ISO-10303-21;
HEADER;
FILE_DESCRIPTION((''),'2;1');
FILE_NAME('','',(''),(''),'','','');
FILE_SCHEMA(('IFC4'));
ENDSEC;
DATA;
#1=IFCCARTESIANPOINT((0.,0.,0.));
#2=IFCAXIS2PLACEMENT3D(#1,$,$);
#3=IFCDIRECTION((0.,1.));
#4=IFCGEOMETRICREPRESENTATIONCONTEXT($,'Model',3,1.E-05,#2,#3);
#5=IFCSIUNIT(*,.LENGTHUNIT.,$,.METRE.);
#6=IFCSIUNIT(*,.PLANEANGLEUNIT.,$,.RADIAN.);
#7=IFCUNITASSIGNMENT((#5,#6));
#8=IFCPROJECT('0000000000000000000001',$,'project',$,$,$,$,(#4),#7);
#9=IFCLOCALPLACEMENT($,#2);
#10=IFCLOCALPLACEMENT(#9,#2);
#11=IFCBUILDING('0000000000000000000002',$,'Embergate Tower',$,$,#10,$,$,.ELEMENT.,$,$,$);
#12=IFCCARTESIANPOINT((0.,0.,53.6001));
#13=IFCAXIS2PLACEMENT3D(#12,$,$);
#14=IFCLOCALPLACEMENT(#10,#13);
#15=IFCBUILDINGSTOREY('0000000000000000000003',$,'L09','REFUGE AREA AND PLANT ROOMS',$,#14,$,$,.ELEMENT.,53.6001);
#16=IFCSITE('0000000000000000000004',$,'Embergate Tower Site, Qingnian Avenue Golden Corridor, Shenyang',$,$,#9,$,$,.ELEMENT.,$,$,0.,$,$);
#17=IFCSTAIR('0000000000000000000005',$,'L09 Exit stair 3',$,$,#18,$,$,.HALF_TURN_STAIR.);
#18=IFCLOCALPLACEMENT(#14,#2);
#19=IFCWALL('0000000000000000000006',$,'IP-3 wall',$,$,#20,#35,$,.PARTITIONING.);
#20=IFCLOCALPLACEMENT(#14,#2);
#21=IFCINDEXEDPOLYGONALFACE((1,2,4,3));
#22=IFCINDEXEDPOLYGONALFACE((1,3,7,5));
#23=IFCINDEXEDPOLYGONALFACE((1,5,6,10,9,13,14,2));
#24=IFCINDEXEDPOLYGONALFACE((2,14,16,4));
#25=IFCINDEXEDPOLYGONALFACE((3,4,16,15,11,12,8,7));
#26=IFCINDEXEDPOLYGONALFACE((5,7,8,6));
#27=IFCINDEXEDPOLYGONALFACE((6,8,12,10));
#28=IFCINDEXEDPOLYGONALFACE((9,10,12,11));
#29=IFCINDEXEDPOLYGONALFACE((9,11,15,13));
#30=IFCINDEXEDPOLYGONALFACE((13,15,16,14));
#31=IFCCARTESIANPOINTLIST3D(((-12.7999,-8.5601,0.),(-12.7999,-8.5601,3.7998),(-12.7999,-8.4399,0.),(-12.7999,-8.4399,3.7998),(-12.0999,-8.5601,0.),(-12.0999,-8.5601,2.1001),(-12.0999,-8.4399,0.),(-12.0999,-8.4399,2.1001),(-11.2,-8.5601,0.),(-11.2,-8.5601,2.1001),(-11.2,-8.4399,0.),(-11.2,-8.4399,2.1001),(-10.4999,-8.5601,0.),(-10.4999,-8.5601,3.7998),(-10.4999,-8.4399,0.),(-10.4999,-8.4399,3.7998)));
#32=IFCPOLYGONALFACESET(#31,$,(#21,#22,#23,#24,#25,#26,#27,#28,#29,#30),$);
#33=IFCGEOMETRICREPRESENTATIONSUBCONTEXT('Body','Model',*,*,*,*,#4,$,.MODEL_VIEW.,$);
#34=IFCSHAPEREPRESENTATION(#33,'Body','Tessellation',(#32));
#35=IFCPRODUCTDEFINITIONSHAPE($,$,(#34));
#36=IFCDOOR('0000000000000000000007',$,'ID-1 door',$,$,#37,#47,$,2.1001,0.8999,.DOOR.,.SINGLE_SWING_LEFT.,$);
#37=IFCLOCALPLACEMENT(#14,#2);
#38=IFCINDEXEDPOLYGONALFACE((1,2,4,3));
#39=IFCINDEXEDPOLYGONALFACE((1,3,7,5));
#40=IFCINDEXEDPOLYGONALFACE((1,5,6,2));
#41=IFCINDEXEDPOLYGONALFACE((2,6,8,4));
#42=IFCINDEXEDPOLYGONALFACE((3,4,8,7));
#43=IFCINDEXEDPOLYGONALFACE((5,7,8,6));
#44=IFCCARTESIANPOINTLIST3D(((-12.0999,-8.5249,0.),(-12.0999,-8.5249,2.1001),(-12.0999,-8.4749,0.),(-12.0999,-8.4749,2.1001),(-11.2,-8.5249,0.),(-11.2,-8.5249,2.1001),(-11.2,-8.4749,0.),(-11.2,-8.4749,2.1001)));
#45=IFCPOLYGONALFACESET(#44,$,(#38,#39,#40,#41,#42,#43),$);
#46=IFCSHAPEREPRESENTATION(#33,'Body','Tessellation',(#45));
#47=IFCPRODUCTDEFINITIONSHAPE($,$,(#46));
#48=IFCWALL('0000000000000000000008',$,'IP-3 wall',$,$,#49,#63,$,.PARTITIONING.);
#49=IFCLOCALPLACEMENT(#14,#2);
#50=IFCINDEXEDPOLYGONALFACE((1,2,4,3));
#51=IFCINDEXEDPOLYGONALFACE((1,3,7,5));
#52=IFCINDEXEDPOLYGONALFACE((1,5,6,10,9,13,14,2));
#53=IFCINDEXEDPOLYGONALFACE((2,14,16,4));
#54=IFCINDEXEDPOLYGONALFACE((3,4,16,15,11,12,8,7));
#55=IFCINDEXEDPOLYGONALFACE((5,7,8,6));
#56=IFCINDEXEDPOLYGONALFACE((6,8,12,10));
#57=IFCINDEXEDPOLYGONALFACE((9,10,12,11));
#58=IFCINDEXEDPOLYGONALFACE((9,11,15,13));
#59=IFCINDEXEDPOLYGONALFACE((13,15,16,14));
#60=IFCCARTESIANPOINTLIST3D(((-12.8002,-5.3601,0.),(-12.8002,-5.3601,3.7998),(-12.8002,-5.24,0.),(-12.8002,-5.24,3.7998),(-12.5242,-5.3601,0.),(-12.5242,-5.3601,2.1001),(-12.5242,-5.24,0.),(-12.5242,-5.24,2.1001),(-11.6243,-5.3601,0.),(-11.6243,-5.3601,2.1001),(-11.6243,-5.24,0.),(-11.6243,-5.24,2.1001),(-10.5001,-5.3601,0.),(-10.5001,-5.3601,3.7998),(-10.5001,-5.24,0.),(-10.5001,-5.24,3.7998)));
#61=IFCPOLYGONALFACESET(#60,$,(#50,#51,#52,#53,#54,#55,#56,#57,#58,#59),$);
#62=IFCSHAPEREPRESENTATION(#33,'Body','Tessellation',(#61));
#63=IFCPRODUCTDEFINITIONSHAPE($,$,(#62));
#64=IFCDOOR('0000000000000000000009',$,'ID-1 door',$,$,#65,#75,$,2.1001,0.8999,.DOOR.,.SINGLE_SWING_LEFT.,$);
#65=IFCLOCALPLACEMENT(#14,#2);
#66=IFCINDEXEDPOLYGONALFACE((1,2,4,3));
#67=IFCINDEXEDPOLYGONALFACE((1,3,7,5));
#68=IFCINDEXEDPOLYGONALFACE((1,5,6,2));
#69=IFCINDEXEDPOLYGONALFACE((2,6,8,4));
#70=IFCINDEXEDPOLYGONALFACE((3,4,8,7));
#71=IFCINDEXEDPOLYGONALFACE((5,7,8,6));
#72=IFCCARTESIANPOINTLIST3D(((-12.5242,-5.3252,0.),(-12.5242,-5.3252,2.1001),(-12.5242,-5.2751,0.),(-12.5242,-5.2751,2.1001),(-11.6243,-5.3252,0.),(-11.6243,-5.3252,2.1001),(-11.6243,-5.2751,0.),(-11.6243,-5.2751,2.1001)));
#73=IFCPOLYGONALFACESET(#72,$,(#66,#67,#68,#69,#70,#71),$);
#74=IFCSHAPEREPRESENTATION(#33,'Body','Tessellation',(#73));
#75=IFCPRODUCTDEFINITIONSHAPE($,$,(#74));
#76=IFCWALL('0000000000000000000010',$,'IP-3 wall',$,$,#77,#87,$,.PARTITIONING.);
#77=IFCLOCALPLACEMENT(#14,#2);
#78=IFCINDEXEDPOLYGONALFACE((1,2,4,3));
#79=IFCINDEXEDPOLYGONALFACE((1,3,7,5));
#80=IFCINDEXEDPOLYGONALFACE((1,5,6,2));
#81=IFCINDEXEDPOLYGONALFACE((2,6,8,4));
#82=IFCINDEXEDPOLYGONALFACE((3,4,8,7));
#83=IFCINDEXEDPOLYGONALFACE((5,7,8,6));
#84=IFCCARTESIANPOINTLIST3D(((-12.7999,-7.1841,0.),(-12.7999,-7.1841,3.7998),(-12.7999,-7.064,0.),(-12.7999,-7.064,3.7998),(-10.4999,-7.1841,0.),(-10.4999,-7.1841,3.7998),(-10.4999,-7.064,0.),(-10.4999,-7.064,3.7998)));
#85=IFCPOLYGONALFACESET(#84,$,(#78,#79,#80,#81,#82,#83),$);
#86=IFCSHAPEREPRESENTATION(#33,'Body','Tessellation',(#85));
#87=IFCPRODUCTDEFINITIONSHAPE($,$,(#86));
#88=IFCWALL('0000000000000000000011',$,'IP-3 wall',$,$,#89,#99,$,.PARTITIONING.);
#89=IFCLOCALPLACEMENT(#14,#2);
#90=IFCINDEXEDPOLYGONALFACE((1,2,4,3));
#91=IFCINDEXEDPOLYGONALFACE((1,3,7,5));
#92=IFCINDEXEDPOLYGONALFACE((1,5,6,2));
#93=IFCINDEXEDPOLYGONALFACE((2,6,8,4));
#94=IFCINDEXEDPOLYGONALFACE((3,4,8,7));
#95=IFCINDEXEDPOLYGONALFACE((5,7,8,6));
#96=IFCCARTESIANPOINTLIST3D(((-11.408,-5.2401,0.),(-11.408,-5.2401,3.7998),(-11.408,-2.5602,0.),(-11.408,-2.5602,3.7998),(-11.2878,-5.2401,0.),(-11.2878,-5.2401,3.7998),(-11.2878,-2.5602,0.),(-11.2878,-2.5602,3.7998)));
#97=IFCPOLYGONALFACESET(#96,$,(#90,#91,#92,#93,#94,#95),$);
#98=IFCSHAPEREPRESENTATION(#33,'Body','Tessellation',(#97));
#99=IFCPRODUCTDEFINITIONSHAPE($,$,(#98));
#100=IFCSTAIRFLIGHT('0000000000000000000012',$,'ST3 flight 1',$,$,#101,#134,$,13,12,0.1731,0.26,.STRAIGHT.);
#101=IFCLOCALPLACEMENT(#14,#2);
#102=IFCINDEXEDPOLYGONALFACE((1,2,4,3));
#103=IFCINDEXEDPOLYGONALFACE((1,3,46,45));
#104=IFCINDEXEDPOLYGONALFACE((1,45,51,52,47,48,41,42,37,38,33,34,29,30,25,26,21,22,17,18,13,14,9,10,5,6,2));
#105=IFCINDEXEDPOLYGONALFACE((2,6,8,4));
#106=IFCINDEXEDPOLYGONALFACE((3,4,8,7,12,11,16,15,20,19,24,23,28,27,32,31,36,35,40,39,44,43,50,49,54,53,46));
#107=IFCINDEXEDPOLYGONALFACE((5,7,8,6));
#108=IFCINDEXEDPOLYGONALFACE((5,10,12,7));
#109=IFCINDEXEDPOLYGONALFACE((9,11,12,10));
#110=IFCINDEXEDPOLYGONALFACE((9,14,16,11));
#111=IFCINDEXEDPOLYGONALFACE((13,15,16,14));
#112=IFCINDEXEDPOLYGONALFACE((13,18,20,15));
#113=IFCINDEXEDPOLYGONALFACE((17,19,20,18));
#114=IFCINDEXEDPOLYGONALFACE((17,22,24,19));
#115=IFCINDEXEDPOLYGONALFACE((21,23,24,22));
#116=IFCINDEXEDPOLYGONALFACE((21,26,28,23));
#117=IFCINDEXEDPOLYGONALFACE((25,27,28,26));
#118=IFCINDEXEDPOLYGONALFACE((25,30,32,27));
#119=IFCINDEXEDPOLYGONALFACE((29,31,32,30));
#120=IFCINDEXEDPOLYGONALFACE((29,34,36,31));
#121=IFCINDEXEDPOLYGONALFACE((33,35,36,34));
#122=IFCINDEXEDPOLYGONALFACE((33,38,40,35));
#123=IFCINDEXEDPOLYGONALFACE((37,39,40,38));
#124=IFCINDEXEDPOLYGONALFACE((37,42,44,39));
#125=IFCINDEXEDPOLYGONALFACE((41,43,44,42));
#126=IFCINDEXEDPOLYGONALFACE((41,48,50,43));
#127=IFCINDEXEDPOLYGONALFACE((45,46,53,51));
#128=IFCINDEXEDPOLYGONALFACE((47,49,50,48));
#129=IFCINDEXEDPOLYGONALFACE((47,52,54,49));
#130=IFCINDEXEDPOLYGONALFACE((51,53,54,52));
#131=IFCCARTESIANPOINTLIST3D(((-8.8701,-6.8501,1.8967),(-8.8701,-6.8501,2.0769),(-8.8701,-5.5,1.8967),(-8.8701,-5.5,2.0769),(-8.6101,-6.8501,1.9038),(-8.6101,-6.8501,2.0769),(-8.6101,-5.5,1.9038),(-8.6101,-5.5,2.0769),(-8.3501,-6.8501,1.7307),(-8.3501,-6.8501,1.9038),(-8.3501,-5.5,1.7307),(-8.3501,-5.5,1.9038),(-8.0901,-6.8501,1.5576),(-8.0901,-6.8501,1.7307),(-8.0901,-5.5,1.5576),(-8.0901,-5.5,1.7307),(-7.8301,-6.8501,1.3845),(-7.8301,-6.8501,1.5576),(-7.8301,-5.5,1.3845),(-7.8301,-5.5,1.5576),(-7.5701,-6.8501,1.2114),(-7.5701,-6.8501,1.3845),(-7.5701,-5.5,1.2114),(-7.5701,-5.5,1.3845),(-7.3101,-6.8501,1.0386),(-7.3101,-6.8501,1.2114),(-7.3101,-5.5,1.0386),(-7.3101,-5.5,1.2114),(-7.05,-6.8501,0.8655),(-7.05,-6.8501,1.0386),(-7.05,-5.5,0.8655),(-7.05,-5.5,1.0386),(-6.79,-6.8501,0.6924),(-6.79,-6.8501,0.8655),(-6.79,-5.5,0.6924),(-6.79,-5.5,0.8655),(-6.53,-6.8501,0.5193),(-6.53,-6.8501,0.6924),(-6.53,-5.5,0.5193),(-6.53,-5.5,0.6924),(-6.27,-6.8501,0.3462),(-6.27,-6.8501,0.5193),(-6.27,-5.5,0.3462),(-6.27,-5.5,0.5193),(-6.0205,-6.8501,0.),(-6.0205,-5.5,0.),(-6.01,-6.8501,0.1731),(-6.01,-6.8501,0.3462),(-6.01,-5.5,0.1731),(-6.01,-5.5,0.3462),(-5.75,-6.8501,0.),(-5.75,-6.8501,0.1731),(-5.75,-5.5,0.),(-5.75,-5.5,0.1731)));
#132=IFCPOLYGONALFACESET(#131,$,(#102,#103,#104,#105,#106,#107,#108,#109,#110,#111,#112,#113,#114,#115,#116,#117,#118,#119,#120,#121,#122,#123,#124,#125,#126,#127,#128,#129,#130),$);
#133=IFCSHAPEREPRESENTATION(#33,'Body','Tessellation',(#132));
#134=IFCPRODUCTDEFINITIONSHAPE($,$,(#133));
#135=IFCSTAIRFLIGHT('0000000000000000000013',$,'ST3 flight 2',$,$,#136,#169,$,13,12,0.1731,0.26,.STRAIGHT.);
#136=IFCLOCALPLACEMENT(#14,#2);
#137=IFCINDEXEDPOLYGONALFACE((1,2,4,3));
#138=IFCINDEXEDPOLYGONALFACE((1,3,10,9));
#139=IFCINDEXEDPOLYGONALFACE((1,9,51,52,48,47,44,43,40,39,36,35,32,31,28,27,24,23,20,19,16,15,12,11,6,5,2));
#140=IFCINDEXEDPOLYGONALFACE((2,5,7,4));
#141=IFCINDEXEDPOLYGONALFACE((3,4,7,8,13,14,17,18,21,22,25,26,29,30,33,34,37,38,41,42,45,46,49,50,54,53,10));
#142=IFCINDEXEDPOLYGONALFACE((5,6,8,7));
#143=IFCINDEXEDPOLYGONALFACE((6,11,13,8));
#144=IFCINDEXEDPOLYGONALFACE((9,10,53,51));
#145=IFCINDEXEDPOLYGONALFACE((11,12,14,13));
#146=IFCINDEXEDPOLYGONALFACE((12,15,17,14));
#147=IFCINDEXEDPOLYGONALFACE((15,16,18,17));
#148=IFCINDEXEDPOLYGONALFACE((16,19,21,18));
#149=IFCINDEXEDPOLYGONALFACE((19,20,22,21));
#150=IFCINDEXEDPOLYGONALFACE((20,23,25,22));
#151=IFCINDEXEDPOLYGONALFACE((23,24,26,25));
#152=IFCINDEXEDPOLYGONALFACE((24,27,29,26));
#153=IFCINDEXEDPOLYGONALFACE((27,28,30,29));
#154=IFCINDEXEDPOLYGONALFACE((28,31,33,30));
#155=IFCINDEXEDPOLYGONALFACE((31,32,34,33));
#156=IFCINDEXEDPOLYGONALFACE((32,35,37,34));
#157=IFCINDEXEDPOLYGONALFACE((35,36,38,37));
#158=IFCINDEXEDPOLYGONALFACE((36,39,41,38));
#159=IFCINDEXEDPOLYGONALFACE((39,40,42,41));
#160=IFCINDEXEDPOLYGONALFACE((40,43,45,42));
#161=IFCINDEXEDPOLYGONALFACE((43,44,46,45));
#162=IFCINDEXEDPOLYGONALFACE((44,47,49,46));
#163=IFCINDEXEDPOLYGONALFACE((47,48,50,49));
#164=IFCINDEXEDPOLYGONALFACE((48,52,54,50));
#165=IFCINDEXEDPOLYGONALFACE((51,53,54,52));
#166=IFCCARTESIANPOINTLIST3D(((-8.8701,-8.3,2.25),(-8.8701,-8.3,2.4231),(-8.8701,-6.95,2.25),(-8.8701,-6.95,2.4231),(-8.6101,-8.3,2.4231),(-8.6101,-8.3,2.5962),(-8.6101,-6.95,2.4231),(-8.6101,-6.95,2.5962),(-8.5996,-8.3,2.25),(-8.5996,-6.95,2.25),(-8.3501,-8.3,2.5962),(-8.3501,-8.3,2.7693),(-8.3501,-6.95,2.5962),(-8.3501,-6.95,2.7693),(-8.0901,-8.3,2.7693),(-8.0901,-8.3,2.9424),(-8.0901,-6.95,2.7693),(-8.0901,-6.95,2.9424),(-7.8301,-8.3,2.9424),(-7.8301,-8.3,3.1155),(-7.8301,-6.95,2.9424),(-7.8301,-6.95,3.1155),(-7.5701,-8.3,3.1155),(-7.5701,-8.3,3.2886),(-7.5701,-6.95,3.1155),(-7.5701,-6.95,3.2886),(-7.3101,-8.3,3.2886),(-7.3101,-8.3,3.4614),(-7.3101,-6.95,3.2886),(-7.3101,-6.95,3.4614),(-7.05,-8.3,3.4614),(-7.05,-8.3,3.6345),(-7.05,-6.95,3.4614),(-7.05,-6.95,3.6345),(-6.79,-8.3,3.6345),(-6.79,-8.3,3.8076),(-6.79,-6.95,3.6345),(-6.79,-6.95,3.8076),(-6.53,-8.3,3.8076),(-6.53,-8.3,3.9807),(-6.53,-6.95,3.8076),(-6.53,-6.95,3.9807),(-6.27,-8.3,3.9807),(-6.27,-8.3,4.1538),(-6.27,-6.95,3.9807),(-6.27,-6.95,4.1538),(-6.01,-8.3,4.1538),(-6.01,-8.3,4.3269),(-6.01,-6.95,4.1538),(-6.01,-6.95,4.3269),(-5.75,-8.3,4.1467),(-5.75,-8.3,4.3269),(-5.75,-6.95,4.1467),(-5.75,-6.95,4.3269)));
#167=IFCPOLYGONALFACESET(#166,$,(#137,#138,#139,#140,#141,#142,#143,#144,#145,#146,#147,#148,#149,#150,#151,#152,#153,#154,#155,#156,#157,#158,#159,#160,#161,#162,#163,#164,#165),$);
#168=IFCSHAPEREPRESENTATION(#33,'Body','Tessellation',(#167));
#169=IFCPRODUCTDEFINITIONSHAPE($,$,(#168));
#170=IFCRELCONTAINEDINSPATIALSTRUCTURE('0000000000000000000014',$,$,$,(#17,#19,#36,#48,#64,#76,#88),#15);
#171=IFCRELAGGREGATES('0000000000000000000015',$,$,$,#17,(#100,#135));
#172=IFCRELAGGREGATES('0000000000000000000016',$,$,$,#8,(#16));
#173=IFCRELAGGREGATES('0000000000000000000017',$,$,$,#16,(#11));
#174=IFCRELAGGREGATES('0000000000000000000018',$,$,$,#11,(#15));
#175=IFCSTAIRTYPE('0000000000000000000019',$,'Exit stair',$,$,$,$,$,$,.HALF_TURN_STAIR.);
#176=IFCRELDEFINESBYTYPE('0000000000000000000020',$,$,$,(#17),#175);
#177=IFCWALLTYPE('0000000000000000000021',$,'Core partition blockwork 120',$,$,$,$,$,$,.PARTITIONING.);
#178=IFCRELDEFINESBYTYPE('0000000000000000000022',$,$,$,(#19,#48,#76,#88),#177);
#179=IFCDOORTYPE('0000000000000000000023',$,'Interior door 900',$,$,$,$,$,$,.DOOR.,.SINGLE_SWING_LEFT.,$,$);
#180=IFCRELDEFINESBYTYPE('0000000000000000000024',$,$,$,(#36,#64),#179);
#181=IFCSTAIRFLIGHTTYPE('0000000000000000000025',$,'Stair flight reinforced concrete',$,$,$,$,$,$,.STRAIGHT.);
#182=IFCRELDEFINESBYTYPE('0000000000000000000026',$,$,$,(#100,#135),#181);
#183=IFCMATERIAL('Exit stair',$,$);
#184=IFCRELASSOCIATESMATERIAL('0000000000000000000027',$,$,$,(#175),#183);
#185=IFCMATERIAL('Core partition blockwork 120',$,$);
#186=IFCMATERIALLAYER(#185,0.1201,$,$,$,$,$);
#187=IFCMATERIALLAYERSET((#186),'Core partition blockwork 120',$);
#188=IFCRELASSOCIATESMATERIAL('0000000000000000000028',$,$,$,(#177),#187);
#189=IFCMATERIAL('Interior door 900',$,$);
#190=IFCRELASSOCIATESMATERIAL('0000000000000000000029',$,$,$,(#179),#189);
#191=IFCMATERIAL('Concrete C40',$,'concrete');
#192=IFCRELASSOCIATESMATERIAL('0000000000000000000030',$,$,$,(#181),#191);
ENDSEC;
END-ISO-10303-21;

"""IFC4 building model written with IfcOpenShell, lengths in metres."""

from ifc_helpers import new_model, si_unit, direction, frame, frame_2d, origin, place, context, subcontext, project, spatial, polyline, rectangle, outline, extrude, source, transform, mapped, material, layer, layer_set, type_object, element, fill, aggregate, save


model = new_model("IFC4")

# Units and contexts
model_context = context("Model", 3, precision=1e-05, world=origin(), true_north=direction((0.0, 1.0)))
body_context = subcontext(model_context, "Body", "Model", "MODEL_VIEW")
ifc_project = project(units=[si_unit("LENGTHUNIT", "METRE"), si_unit("PLANEANGLEUNIT", "RADIAN")], contexts=[model_context])

# Site, building, storey
site_placement = place(None, origin())
site = spatial("IfcSite", under=ifc_project, at=site_placement, Name="Embergate Tower Site, Qingnian Avenue Golden Corridor, Shenyang", CompositionType="ELEMENT", RefElevation=0.0)
building_placement = place(site_placement, origin())
building = spatial("IfcBuilding", under=site, at=building_placement, Name="Embergate Tower", CompositionType="ELEMENT")
storey_placement = place(building_placement, frame((0.0, 0.0, 53.6001)))
storey = spatial("IfcBuildingStorey", under=building, at=storey_placement, Name="L09", Description="REFUGE AREA AND PLANT ROOMS", CompositionType="ELEMENT", Elevation=53.6001)

# Stair
ifc_material_1 = material(Name="Exit stair")
stair_type = type_object("IfcStairType", Name="Exit stair", PredefinedType="HALF_TURN_STAIR", material=ifc_material_1)
stair_placement = place(storey_placement, origin())
stair = element("IfcStair", 1, at=stair_placement, inside=storey, type_object=stair_type, Name="L09 Exit stair 3", PredefinedType="HALF_TURN_STAIR")
ifc_material_2 = material(Name="Concrete C40", Category="concrete")

# Shared definitions
ifc_material_3 = material(Name="Core partition blockwork 120")
ifc_layer_1 = layer(ifc_material_3, 0.1201)
ifc_layer_set_1 = layer_set([ifc_layer_1], Name="Core partition blockwork 120")
wall_type_1 = type_object("IfcWallType", Name="Core partition blockwork 120", PredefinedType="PARTITIONING", material=ifc_layer_set_1)
shared_shape_1 = source(origin(), body_context, "Body", "SweptSolid", [
    extrude(rectangle(XDim=0.8999, YDim=2.1001, at=frame_2d((0.45, 1.05))), frame((0.0, 0.0701, 0.0), z_axis=(0.0, -1.0, 0.0), x_axis=(1.0, 0.0, 0.0)), (0.0, 0.0, 1.0), 0.1401),
])
ifc_material_4 = material(Name="Interior door 900")
door_type_1 = type_object("IfcDoorType", Name="Interior door 900", OperationType="SINGLE_SWING_LEFT", PredefinedType="DOOR", material=ifc_material_4)
shared_shape_2 = source(origin(), body_context, "Body", "SweptSolid", [
    extrude(rectangle(XDim=0.8999, YDim=2.1001, at=frame_2d((0.45, 1.05))), frame((0.0, 0.0249, 0.0), z_axis=(0.0, -1.0, 0.0), x_axis=(1.0, 0.0, 0.0)), (0.0, 0.0, 1.0), 0.05),
])

# Walls, openings, doors
shared_shape_3 = source(origin(), body_context, "Body", "SweptSolid", [
    extrude(rectangle(XDim=2.3, YDim=0.1201, at=frame_2d((1.1499, 0.0))), origin(), (0.0, 0.0, 1.0), 3.7998),
])
wall_1_placement = place(storey_placement, frame((-10.5, -8.5, 0.0), z_axis=(0.0, 0.0, 1.0), x_axis=(-1.0, 0.0, 0.0)))
wall_1 = element("IfcWall", 2, at=wall_1_placement, inside=storey, type_object=wall_type_1, Name="IP-3 wall", PredefinedType="PARTITIONING", context=body_context, shape_type="MappedRepresentation", body=[
    mapped(shared_shape_3, transform((0.0, 0.0, 0.0))),
])
opening_1_placement = place(wall_1_placement, frame((0.7, 0.0, 0.0)))
opening_1 = element("IfcOpeningElement", 3, at=opening_1_placement, cuts=wall_1, PredefinedType="OPENING", context=body_context, shape_type="MappedRepresentation", body=[
    mapped(shared_shape_1, transform((0.0, 0.0, 0.0))),
])
door_1_placement = place(opening_1_placement, origin())
door_1 = element("IfcDoor", 4, at=door_1_placement, inside=storey, type_object=door_type_1, Name="ID-1 door", OperationType="SINGLE_SWING_LEFT", OverallHeight=2.1001, OverallWidth=0.8999, PredefinedType="DOOR", context=body_context, shape_type="MappedRepresentation", body=[
    mapped(shared_shape_2, transform((0.0, 0.0, 0.0))),
])
fill(opening_1, door_1)
wall_2_placement = place(storey_placement, frame((-12.8, -5.3, 0.0), z_axis=(0.0, 0.0, 1.0), x_axis=(1.0, 0.0, 0.0)))
wall_2 = element("IfcWall", 5, at=wall_2_placement, inside=storey, type_object=wall_type_1, Name="IP-3 wall", PredefinedType="PARTITIONING", context=body_context, shape_type="MappedRepresentation", body=[
    mapped(shared_shape_3, transform((0.0, 0.0, 0.0))),
])
opening_2_placement = place(wall_2_placement, frame((0.2759, 0.0, 0.0)))
opening_2 = element("IfcOpeningElement", 6, at=opening_2_placement, cuts=wall_2, PredefinedType="OPENING", context=body_context, shape_type="MappedRepresentation", body=[
    mapped(shared_shape_1, transform((0.0, 0.0, 0.0))),
])
door_2_placement = place(opening_2_placement, origin())
door_2 = element("IfcDoor", 7, at=door_2_placement, inside=storey, type_object=door_type_1, Name="ID-1 door", OperationType="SINGLE_SWING_LEFT", OverallHeight=2.1001, OverallWidth=0.8999, PredefinedType="DOOR", context=body_context, shape_type="MappedRepresentation", body=[
    mapped(shared_shape_2, transform((0.0, 0.0, 0.0))),
])
fill(opening_2, door_2)

# Walls
wall_3_placement = place(storey_placement, frame((-10.5, -7.124, 0.0), z_axis=(0.0, 0.0, 1.0), x_axis=(-1.0, 0.0, 0.0)))
element("IfcWall", 8, at=wall_3_placement, inside=storey, type_object=wall_type_1, Name="IP-3 wall", PredefinedType="PARTITIONING", context=body_context, shape_type="MappedRepresentation", body=[
    mapped(shared_shape_3, transform((0.0, 0.0, 0.0))),
])
shared_shape_4 = source(origin(), body_context, "Body", "SweptSolid", [
    extrude(rectangle(XDim=2.6799, YDim=0.1201, at=frame_2d((1.3398, 0.0))), origin(), (0.0, 0.0, 1.0), 3.7998),
])
wall_4_placement = place(storey_placement, frame((-11.3479, -5.24, 0.0), z_axis=(0.0, 0.0, 1.0), x_axis=(0.0, 1.0, 0.0)))
element("IfcWall", 9, at=wall_4_placement, inside=storey, type_object=wall_type_1, Name="IP-3 wall", PredefinedType="PARTITIONING", context=body_context, shape_type="MappedRepresentation", body=[
    mapped(shared_shape_4, transform((0.0, 0.0, 0.0))),
])

# Stair flights
stair_flight_type = type_object("IfcStairFlightType", Name="Stair flight reinforced concrete", PredefinedType="STRAIGHT", material=ifc_material_2)
shared_shape_5 = source(origin(), body_context, "Body", "SweptSolid", [
    extrude(outline(polyline([(0.0, 0.0), (0.0, 0.1731), (0.26, 0.1731), (0.26, 0.3462), (0.52, 0.3462), (0.52, 0.5193), (0.78, 0.5193), (0.78, 0.6924), (1.04, 0.6924), (1.04, 0.8655), (1.3, 0.8655), (1.3, 1.0386), (1.5601, 1.0386), (1.5601, 1.2114), (1.8201, 1.2114), (1.8201, 1.3845), (2.0801, 1.3845), (2.0801, 1.5576), (2.3401, 1.5576), (2.3401, 1.7307), (2.6001, 1.7307), (2.6001, 1.9038), (2.8601, 1.9038), (2.8601, 2.0769), (3.1201, 2.0769), (3.1201, 2.25), (3.1201, 1.8967), (0.2705, 0.0), (0.0, 0.0)])), frame((0.0, 0.675, 0.0), z_axis=(0.0, -1.0, 0.0), x_axis=(1.0, 0.0, 0.0)), (0.0, 0.0, 1.0), 1.3501),
])
stair_flight_1_placement = place(storey_placement, frame((-5.75, -6.175, 0.0), z_axis=(0.0, 0.0, 1.0), x_axis=(-1.0, 0.0, 0.0)))
stair_flight_1 = element("IfcStairFlight", 10, at=stair_flight_1_placement, type_object=stair_flight_type, Name="ST3 flight 1", NumberOfRisers=13, NumberOfTreads=12, PredefinedType="STRAIGHT", RiserHeight=0.1731, TreadLength=0.26, context=body_context, shape_type="MappedRepresentation", body=[
    mapped(shared_shape_5, transform((0.0, 0.0, 0.0))),
])
stair_flight_2_placement = place(storey_placement, frame((-8.8701, -7.625, 2.25), z_axis=(0.0, 0.0, 1.0), x_axis=(1.0, 0.0, 0.0)))
stair_flight_2 = element("IfcStairFlight", 11, at=stair_flight_2_placement, type_object=stair_flight_type, Name="ST3 flight 2", NumberOfRisers=13, NumberOfTreads=12, PredefinedType="STRAIGHT", RiserHeight=0.1731, TreadLength=0.26, context=body_context, shape_type="MappedRepresentation", body=[
    mapped(shared_shape_5, transform((0.0, 0.0, 0.0))),
])
aggregate(stair, [stair_flight_1, stair_flight_2])

save(model, "model.ifc")
